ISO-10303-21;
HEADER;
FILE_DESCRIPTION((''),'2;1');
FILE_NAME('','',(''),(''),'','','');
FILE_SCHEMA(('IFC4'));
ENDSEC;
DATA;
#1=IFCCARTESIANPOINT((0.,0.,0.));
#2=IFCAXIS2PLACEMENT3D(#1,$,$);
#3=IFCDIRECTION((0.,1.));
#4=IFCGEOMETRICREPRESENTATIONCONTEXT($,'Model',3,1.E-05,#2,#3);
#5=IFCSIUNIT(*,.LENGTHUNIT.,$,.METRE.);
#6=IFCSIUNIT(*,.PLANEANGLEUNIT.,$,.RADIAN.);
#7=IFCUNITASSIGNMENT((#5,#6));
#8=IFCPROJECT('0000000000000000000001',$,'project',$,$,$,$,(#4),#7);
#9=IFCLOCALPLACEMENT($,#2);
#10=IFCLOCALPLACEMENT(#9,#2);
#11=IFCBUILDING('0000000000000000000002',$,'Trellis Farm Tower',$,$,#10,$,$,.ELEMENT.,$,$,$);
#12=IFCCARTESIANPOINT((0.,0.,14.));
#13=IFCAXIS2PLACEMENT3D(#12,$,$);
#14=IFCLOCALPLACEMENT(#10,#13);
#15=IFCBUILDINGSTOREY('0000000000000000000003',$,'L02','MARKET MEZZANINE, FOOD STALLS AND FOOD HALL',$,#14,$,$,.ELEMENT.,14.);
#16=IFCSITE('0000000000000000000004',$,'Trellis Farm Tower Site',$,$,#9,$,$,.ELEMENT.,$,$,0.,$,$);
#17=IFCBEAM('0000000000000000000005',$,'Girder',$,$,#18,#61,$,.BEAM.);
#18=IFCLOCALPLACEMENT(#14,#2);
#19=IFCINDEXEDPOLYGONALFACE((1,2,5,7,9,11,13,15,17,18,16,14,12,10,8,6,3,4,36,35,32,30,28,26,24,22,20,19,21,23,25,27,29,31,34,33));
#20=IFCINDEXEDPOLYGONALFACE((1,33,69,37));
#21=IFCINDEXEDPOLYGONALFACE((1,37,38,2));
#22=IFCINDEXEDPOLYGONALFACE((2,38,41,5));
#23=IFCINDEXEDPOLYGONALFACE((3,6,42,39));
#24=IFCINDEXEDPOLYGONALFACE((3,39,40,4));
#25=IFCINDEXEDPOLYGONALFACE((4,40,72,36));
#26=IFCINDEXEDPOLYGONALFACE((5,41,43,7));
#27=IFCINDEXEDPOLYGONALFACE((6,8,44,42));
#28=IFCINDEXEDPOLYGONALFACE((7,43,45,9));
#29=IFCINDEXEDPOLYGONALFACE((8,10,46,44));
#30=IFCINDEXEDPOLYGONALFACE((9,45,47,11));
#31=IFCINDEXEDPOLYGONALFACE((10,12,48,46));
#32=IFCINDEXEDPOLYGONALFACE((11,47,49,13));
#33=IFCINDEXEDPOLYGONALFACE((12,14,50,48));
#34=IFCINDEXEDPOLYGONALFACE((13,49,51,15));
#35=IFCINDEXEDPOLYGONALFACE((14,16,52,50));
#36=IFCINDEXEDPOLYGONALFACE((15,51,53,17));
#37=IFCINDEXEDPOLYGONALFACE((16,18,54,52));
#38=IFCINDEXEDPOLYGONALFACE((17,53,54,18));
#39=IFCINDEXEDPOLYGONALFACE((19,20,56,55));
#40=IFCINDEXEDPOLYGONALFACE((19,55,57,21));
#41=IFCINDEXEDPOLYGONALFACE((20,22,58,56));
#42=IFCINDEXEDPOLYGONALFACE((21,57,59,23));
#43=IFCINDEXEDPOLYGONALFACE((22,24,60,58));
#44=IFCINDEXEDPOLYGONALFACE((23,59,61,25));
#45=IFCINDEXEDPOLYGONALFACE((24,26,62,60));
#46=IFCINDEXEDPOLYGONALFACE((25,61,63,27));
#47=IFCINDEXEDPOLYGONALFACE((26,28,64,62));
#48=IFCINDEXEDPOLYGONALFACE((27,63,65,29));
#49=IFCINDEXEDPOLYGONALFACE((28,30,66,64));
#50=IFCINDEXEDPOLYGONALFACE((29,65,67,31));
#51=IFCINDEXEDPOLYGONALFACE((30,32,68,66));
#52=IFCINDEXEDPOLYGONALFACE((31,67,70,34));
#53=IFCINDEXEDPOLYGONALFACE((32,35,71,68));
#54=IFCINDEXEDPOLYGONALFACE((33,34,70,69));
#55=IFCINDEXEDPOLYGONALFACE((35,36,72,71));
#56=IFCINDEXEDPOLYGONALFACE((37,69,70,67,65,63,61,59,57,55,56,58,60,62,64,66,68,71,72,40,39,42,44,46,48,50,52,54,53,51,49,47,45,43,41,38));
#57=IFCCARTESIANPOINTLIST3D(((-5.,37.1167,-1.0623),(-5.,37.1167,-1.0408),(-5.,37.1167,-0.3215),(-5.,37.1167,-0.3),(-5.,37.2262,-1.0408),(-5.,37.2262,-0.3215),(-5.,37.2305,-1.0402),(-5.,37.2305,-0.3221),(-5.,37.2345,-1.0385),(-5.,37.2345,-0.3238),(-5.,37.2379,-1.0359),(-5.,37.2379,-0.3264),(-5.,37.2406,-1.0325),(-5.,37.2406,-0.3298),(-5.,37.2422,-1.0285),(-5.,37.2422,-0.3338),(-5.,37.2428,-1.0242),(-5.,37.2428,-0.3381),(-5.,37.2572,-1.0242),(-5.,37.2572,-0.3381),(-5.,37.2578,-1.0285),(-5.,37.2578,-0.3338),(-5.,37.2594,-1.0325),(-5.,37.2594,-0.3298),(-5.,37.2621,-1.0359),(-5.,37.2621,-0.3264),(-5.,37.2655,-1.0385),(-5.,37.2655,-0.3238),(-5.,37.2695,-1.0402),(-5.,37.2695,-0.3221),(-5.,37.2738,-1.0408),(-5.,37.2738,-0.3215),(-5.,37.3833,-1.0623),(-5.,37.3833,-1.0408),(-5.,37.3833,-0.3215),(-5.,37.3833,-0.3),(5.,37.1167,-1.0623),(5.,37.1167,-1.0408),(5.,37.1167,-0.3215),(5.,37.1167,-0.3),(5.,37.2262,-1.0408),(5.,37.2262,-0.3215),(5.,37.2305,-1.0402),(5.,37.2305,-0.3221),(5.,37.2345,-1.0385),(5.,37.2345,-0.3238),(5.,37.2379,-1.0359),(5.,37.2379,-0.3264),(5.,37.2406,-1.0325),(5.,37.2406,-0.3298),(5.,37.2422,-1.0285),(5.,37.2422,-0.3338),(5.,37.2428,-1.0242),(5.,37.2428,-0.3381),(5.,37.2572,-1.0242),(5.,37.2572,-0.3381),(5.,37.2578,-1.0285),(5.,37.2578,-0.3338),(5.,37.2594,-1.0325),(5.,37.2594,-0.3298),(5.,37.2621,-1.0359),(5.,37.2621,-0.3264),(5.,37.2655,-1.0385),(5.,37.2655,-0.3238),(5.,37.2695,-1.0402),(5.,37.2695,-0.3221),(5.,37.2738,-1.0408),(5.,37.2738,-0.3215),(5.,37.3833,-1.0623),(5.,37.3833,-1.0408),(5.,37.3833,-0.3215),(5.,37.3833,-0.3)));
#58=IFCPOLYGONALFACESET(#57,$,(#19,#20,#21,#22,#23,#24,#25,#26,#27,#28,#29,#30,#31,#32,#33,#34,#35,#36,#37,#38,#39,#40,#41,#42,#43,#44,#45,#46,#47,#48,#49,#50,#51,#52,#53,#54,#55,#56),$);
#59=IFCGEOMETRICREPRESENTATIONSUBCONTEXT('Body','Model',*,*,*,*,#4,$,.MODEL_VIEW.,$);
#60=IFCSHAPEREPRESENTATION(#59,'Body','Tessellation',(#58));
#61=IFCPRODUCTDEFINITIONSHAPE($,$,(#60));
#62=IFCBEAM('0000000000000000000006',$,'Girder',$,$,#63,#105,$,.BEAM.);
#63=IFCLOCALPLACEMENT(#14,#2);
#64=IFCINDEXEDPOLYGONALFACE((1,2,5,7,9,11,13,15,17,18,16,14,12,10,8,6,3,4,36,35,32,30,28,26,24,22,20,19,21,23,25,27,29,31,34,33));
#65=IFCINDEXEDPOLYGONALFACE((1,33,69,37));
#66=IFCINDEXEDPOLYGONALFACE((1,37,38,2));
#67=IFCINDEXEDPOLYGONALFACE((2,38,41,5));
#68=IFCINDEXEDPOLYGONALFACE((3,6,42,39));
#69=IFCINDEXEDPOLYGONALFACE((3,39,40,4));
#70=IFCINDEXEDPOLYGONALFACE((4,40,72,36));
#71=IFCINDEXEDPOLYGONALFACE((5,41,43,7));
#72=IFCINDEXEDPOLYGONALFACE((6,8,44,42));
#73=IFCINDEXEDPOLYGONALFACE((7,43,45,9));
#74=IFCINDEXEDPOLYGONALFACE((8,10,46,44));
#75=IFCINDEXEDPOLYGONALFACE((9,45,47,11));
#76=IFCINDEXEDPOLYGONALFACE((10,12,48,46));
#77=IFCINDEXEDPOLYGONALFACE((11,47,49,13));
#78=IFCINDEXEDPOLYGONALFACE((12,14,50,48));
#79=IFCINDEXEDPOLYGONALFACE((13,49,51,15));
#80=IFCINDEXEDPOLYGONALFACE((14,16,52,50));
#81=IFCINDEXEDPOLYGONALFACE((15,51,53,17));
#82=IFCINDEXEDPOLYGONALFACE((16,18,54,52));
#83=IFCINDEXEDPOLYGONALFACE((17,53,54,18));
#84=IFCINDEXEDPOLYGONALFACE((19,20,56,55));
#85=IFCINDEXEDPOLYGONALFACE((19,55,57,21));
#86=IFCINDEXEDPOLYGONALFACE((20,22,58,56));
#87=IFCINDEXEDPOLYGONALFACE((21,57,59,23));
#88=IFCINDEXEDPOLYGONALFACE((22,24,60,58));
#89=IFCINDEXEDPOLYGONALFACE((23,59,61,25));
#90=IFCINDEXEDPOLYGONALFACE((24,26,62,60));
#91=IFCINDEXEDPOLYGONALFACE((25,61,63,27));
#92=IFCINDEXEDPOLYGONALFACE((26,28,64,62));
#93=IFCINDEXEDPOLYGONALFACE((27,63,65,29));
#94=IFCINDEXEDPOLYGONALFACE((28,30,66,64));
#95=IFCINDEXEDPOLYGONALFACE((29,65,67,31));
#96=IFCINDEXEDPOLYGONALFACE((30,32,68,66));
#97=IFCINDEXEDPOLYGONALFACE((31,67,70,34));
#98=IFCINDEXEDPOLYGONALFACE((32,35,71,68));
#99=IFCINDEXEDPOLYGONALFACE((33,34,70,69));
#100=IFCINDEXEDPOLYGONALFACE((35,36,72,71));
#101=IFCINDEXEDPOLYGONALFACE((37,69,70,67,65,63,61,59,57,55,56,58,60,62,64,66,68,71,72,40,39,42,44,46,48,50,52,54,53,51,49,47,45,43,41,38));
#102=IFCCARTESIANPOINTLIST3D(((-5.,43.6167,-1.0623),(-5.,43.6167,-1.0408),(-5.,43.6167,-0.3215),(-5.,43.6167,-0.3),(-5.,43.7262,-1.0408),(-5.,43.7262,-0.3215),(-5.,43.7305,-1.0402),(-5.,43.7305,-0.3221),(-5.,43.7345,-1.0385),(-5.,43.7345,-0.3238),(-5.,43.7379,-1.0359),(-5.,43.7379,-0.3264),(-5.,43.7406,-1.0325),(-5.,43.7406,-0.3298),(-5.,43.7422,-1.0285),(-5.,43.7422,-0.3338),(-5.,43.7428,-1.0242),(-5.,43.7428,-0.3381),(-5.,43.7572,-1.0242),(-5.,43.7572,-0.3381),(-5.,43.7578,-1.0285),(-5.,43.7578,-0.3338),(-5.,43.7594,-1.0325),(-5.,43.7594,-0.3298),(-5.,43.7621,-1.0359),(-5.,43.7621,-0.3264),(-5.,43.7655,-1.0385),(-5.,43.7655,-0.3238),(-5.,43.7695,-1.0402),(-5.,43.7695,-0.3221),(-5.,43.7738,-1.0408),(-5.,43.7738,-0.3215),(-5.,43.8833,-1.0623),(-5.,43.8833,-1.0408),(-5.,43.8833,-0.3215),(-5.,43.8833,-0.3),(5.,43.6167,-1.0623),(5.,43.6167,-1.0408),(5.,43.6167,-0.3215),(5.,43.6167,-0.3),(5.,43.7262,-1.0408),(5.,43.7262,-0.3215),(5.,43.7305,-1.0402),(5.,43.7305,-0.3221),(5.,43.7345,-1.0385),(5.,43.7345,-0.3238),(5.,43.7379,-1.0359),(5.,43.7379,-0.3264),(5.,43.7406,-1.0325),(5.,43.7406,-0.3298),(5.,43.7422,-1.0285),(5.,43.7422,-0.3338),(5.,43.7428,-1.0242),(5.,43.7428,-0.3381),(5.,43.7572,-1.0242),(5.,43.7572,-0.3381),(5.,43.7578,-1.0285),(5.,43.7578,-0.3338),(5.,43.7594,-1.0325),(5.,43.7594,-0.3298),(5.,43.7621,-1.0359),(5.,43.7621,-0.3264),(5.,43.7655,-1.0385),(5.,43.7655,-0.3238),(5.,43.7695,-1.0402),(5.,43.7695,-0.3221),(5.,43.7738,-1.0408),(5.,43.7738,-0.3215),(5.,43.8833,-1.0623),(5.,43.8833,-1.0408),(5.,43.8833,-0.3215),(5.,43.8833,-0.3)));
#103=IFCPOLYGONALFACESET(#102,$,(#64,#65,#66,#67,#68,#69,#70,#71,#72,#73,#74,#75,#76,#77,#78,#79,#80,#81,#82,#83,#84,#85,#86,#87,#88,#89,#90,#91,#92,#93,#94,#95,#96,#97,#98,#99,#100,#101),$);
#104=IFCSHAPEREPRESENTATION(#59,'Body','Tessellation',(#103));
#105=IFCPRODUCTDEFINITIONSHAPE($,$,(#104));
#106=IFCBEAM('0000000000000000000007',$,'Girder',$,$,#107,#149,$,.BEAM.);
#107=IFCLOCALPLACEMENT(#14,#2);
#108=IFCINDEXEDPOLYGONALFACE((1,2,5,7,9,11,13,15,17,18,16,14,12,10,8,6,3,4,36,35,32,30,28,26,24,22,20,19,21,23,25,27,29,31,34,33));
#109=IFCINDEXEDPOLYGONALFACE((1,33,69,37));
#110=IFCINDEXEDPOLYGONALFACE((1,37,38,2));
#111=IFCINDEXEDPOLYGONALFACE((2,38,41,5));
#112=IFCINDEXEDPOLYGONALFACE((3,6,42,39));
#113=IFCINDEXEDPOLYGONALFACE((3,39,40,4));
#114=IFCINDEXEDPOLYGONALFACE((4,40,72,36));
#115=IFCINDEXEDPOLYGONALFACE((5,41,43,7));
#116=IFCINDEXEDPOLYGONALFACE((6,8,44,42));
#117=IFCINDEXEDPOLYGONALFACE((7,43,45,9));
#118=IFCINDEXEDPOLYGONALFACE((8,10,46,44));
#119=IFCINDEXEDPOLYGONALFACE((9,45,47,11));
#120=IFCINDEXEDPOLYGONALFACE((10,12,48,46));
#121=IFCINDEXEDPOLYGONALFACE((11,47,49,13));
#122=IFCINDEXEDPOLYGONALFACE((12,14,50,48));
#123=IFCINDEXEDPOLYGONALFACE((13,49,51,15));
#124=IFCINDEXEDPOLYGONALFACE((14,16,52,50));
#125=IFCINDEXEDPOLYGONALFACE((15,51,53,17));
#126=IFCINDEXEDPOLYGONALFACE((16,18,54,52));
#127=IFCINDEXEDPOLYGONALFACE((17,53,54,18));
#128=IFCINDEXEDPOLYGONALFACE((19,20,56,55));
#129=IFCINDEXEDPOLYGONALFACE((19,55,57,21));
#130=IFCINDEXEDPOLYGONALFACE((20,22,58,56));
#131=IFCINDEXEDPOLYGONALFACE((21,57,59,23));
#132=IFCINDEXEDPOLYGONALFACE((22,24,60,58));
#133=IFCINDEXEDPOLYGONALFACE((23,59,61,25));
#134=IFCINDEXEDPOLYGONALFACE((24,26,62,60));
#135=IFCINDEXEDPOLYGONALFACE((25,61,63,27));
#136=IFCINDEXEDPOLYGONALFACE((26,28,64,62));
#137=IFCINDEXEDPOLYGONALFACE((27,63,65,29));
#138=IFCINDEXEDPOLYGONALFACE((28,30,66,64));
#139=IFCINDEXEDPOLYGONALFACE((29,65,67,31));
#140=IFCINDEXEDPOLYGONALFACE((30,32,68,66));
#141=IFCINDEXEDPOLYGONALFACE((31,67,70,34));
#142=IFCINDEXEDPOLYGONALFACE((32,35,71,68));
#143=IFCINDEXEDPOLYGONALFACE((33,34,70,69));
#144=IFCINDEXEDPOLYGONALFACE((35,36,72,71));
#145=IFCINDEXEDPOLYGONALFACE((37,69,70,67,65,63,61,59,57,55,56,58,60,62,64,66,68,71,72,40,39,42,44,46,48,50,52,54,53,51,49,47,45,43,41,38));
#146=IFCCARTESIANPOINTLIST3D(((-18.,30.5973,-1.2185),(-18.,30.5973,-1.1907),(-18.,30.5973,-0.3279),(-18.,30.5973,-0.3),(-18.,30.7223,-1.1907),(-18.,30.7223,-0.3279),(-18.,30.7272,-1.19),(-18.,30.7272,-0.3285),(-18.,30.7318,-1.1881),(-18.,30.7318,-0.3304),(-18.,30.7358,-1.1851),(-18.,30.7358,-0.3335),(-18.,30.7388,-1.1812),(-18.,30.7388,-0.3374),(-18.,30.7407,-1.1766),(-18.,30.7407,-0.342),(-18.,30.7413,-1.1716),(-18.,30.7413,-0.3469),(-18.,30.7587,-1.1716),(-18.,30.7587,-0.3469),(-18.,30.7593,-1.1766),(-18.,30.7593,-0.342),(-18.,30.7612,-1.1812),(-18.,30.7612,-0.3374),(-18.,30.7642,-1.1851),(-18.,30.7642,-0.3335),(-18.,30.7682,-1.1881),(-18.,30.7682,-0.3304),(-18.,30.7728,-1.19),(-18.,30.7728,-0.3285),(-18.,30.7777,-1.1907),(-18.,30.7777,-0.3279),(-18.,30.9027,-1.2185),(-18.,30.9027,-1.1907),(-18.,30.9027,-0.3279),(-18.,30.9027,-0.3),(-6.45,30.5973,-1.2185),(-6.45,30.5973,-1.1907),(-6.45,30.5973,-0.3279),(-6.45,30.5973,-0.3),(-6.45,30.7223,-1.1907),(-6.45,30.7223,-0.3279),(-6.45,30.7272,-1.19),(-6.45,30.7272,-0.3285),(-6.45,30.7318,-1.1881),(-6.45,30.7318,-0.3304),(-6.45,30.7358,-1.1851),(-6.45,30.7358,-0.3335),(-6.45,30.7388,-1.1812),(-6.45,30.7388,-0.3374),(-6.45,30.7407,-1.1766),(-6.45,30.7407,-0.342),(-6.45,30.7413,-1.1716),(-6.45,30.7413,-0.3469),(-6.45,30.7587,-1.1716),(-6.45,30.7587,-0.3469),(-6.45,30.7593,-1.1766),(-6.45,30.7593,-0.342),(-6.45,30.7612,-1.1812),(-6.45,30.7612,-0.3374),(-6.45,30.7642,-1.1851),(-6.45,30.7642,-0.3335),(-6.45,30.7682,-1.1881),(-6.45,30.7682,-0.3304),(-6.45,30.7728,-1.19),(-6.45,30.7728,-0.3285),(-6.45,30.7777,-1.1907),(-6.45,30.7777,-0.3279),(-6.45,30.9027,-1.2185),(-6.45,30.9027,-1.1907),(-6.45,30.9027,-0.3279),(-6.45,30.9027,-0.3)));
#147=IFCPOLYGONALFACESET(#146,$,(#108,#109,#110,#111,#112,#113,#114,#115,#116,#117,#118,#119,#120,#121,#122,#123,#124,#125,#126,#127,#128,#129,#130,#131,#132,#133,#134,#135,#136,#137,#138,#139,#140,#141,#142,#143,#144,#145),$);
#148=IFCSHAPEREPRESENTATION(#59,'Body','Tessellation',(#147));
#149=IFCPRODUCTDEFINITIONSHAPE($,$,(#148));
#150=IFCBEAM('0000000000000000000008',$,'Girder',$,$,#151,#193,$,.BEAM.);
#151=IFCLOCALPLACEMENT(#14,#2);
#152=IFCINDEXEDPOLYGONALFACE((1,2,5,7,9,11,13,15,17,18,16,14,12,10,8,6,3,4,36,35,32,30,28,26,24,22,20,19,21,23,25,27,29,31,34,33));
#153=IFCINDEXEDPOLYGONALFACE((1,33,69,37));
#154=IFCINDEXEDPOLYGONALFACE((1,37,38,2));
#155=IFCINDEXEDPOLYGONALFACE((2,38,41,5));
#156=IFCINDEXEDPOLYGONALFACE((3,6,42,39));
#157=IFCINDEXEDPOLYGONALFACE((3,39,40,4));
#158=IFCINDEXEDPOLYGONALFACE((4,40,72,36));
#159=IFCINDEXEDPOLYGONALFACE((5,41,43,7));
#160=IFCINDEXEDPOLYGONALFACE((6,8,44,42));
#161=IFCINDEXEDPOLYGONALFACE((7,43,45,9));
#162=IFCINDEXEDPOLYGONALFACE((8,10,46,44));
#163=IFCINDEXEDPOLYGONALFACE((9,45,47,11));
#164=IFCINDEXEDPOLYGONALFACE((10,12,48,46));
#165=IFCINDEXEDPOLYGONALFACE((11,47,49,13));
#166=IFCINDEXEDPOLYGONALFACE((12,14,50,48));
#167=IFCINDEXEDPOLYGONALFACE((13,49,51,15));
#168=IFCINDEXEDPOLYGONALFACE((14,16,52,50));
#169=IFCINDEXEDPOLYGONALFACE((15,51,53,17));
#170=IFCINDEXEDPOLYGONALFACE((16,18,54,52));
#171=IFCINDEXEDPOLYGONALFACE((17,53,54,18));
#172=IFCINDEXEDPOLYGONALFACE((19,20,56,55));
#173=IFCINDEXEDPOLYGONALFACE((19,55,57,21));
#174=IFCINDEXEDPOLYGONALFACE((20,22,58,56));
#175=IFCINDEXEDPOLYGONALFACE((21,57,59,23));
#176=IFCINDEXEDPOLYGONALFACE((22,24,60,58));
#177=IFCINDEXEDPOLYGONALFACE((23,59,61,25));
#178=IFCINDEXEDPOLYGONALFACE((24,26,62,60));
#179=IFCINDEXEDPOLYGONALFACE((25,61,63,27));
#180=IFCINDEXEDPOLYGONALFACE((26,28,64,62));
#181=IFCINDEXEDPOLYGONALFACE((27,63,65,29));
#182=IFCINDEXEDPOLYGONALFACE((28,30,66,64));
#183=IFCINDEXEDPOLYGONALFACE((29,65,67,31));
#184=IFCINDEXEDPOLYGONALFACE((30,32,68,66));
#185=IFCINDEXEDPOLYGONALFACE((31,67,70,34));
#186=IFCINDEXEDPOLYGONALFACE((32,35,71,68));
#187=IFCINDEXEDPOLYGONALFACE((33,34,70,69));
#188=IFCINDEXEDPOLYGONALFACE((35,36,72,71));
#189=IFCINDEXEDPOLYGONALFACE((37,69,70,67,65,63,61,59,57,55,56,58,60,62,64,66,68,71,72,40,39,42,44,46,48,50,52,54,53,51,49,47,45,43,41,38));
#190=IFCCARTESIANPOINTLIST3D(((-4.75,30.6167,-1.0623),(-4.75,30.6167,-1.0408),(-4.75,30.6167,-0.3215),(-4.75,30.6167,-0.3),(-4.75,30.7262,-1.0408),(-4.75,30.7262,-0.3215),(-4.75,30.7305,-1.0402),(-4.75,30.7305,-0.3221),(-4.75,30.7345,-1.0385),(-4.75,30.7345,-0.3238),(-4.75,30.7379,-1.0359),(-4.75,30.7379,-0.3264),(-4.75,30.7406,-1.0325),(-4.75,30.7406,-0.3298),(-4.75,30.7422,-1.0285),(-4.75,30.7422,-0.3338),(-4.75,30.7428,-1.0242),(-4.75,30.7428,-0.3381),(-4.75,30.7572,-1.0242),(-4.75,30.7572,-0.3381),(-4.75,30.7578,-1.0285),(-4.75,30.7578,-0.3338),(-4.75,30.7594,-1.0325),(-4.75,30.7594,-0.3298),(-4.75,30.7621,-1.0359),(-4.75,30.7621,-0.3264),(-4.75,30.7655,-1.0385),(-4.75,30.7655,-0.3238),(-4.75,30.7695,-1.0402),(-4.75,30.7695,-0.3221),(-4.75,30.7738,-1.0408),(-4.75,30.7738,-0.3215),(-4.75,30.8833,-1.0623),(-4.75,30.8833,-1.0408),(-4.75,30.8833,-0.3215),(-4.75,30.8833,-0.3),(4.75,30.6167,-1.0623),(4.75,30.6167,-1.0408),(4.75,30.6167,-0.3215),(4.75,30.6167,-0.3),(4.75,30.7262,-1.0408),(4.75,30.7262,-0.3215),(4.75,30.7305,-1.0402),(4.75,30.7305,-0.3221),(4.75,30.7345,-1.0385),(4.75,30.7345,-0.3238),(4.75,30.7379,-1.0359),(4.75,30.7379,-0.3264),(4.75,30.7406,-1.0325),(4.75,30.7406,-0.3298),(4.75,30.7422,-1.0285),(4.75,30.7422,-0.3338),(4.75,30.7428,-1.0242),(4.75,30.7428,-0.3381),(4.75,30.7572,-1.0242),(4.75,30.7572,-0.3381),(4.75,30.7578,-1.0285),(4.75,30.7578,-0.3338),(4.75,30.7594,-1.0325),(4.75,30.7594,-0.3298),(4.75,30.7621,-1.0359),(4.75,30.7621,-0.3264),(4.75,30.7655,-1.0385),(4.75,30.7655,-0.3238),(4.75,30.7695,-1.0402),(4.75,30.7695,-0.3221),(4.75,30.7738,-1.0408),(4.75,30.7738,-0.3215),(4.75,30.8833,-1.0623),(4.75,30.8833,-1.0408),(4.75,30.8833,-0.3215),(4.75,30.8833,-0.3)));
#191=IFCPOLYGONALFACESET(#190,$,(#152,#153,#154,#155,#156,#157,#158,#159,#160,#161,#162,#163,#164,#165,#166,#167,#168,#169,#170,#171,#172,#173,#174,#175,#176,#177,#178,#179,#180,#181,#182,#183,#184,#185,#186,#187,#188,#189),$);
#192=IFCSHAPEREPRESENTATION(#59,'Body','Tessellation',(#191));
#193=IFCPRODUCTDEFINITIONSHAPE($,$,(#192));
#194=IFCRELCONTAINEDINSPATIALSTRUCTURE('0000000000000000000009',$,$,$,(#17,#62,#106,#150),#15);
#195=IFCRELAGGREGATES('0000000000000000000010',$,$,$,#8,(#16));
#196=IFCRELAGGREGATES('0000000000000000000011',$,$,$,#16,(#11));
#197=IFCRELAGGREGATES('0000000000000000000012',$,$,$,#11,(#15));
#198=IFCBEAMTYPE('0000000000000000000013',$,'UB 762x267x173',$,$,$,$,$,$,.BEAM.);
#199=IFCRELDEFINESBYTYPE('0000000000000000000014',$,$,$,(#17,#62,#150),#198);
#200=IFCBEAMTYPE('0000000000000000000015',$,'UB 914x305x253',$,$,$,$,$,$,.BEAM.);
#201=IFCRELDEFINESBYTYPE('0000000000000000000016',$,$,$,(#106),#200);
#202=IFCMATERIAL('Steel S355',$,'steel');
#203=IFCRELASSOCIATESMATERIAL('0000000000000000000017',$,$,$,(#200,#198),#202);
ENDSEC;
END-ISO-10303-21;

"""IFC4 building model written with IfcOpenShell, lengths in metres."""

from ifc_helpers import new_model, si_unit, direction, frame, origin, origin_2d, place, context, subcontext, project, spatial, i_section, extrude, source, transform, mapped, material, material_profile, profile_set, type_object, element, save


model = new_model("IFC4")

# Units and contexts
model_context = context("Model", 3, precision=1e-05, world=origin(), true_north=direction((0.0, 1.0)))
body_context = subcontext(model_context, "Body", "Model", "MODEL_VIEW")
ifc_project = project(units=[si_unit("LENGTHUNIT", "METRE"), si_unit("PLANEANGLEUNIT", "RADIAN")], contexts=[model_context])

# Site, building, storey
site_placement = place(None, origin())
site = spatial("IfcSite", under=ifc_project, at=site_placement, Name="Trellis Farm Tower Site", CompositionType="ELEMENT", RefElevation=0.0)
building_placement = place(site_placement, origin())
building = spatial("IfcBuilding", under=site, at=building_placement, Name="Trellis Farm Tower", CompositionType="ELEMENT")
storey_placement = place(building_placement, frame((0.0, 0.0, 14.0)))
storey = spatial("IfcBuildingStorey", under=building, at=storey_placement, Name="L02", Description="MARKET MEZZANINE, FOOD STALLS AND FOOD HALL", CompositionType="ELEMENT", Elevation=14.0)

# Beams
ifc_material_1 = material(Name="Steel S355", Category="steel")
ifc_material_profile_1 = material_profile(ifc_material_1, i_section(OverallWidth=0.3054, OverallDepth=0.9185, WebThickness=0.0173, FlangeThickness=0.0278, FilletRadius=0.019, at=origin_2d()), Name="UB 914x305x253")
ifc_profile_set_1 = profile_set([ifc_material_profile_1], Name="Steel S355")
beam_type_1 = type_object("IfcBeamType", Name="UB 914x305x253", PredefinedType="BEAM", material=ifc_profile_set_1)
ifc_material_profile_2 = material_profile(ifc_material_1, i_section(OverallWidth=0.2666, OverallDepth=0.7622, WebThickness=0.0144, FlangeThickness=0.0215, FilletRadius=0.0166, at=origin_2d()), Name="UB 762x267x173")
ifc_profile_set_2 = profile_set([ifc_material_profile_2], Name="Steel S355")
beam_type_2 = type_object("IfcBeamType", Name="UB 762x267x173", PredefinedType="BEAM", material=ifc_profile_set_2)
shared_shape_1 = source(origin(), body_context, "Body", "SweptSolid", [
    extrude(i_section(OverallWidth=0.2666, OverallDepth=0.7622, WebThickness=0.0144, FlangeThickness=0.0215, FilletRadius=0.0166, at=origin_2d()), origin(), (0.0, 0.0, 1.0), 10.0),
])
for number, where, z_axis, x_axis, name in (
    (1, (-5.0, 37.25, -0.6812), (1.0, 0.0, 0.0), (0.0, 1.0, 0.0), "Girder"),
    (2, (-5.0, 43.75, -0.6812), (1.0, 0.0, 0.0), (0.0, 1.0, 0.0), "Girder"),
):
    element("IfcBeam", number, at=place(storey_placement, frame(where, z_axis=z_axis, x_axis=x_axis)), inside=storey, type_object=beam_type_2, Name=name, PredefinedType="BEAM", context=body_context, shape_type="MappedRepresentation", body=[
        mapped(shared_shape_1, transform((0.0, 0.0, 0.0))),
    ])
shared_shape_2 = source(origin(), body_context, "Body", "SweptSolid", [
    extrude(i_section(OverallWidth=0.3054, OverallDepth=0.9185, WebThickness=0.0173, FlangeThickness=0.0278, FilletRadius=0.019, at=origin_2d()), origin(), (0.0, 0.0, 1.0), 11.55),
])
beam_1_placement = place(storey_placement, frame((-18.0, 30.75, -0.7593), z_axis=(1.0, 0.0, 0.0), x_axis=(0.0, 1.0, 0.0)))
element("IfcBeam", 3, at=beam_1_placement, inside=storey, type_object=beam_type_1, Name="Girder", PredefinedType="BEAM", context=body_context, shape_type="MappedRepresentation", body=[
    mapped(shared_shape_2, transform((0.0, 0.0, 0.0))),
])
shared_shape_3 = source(origin(), body_context, "Body", "SweptSolid", [
    extrude(i_section(OverallWidth=0.2666, OverallDepth=0.7622, WebThickness=0.0144, FlangeThickness=0.0215, FilletRadius=0.0166, at=origin_2d()), origin(), (0.0, 0.0, 1.0), 9.5),
])
beam_2_placement = place(storey_placement, frame((-4.75, 30.75, -0.6812), z_axis=(1.0, 0.0, 0.0), x_axis=(0.0, 1.0, 0.0)))
element("IfcBeam", 4, at=beam_2_placement, inside=storey, type_object=beam_type_2, Name="Girder", PredefinedType="BEAM", context=body_context, shape_type="MappedRepresentation", body=[
    mapped(shared_shape_3, transform((0.0, 0.0, 0.0))),
])

save(model, "model.ifc")
